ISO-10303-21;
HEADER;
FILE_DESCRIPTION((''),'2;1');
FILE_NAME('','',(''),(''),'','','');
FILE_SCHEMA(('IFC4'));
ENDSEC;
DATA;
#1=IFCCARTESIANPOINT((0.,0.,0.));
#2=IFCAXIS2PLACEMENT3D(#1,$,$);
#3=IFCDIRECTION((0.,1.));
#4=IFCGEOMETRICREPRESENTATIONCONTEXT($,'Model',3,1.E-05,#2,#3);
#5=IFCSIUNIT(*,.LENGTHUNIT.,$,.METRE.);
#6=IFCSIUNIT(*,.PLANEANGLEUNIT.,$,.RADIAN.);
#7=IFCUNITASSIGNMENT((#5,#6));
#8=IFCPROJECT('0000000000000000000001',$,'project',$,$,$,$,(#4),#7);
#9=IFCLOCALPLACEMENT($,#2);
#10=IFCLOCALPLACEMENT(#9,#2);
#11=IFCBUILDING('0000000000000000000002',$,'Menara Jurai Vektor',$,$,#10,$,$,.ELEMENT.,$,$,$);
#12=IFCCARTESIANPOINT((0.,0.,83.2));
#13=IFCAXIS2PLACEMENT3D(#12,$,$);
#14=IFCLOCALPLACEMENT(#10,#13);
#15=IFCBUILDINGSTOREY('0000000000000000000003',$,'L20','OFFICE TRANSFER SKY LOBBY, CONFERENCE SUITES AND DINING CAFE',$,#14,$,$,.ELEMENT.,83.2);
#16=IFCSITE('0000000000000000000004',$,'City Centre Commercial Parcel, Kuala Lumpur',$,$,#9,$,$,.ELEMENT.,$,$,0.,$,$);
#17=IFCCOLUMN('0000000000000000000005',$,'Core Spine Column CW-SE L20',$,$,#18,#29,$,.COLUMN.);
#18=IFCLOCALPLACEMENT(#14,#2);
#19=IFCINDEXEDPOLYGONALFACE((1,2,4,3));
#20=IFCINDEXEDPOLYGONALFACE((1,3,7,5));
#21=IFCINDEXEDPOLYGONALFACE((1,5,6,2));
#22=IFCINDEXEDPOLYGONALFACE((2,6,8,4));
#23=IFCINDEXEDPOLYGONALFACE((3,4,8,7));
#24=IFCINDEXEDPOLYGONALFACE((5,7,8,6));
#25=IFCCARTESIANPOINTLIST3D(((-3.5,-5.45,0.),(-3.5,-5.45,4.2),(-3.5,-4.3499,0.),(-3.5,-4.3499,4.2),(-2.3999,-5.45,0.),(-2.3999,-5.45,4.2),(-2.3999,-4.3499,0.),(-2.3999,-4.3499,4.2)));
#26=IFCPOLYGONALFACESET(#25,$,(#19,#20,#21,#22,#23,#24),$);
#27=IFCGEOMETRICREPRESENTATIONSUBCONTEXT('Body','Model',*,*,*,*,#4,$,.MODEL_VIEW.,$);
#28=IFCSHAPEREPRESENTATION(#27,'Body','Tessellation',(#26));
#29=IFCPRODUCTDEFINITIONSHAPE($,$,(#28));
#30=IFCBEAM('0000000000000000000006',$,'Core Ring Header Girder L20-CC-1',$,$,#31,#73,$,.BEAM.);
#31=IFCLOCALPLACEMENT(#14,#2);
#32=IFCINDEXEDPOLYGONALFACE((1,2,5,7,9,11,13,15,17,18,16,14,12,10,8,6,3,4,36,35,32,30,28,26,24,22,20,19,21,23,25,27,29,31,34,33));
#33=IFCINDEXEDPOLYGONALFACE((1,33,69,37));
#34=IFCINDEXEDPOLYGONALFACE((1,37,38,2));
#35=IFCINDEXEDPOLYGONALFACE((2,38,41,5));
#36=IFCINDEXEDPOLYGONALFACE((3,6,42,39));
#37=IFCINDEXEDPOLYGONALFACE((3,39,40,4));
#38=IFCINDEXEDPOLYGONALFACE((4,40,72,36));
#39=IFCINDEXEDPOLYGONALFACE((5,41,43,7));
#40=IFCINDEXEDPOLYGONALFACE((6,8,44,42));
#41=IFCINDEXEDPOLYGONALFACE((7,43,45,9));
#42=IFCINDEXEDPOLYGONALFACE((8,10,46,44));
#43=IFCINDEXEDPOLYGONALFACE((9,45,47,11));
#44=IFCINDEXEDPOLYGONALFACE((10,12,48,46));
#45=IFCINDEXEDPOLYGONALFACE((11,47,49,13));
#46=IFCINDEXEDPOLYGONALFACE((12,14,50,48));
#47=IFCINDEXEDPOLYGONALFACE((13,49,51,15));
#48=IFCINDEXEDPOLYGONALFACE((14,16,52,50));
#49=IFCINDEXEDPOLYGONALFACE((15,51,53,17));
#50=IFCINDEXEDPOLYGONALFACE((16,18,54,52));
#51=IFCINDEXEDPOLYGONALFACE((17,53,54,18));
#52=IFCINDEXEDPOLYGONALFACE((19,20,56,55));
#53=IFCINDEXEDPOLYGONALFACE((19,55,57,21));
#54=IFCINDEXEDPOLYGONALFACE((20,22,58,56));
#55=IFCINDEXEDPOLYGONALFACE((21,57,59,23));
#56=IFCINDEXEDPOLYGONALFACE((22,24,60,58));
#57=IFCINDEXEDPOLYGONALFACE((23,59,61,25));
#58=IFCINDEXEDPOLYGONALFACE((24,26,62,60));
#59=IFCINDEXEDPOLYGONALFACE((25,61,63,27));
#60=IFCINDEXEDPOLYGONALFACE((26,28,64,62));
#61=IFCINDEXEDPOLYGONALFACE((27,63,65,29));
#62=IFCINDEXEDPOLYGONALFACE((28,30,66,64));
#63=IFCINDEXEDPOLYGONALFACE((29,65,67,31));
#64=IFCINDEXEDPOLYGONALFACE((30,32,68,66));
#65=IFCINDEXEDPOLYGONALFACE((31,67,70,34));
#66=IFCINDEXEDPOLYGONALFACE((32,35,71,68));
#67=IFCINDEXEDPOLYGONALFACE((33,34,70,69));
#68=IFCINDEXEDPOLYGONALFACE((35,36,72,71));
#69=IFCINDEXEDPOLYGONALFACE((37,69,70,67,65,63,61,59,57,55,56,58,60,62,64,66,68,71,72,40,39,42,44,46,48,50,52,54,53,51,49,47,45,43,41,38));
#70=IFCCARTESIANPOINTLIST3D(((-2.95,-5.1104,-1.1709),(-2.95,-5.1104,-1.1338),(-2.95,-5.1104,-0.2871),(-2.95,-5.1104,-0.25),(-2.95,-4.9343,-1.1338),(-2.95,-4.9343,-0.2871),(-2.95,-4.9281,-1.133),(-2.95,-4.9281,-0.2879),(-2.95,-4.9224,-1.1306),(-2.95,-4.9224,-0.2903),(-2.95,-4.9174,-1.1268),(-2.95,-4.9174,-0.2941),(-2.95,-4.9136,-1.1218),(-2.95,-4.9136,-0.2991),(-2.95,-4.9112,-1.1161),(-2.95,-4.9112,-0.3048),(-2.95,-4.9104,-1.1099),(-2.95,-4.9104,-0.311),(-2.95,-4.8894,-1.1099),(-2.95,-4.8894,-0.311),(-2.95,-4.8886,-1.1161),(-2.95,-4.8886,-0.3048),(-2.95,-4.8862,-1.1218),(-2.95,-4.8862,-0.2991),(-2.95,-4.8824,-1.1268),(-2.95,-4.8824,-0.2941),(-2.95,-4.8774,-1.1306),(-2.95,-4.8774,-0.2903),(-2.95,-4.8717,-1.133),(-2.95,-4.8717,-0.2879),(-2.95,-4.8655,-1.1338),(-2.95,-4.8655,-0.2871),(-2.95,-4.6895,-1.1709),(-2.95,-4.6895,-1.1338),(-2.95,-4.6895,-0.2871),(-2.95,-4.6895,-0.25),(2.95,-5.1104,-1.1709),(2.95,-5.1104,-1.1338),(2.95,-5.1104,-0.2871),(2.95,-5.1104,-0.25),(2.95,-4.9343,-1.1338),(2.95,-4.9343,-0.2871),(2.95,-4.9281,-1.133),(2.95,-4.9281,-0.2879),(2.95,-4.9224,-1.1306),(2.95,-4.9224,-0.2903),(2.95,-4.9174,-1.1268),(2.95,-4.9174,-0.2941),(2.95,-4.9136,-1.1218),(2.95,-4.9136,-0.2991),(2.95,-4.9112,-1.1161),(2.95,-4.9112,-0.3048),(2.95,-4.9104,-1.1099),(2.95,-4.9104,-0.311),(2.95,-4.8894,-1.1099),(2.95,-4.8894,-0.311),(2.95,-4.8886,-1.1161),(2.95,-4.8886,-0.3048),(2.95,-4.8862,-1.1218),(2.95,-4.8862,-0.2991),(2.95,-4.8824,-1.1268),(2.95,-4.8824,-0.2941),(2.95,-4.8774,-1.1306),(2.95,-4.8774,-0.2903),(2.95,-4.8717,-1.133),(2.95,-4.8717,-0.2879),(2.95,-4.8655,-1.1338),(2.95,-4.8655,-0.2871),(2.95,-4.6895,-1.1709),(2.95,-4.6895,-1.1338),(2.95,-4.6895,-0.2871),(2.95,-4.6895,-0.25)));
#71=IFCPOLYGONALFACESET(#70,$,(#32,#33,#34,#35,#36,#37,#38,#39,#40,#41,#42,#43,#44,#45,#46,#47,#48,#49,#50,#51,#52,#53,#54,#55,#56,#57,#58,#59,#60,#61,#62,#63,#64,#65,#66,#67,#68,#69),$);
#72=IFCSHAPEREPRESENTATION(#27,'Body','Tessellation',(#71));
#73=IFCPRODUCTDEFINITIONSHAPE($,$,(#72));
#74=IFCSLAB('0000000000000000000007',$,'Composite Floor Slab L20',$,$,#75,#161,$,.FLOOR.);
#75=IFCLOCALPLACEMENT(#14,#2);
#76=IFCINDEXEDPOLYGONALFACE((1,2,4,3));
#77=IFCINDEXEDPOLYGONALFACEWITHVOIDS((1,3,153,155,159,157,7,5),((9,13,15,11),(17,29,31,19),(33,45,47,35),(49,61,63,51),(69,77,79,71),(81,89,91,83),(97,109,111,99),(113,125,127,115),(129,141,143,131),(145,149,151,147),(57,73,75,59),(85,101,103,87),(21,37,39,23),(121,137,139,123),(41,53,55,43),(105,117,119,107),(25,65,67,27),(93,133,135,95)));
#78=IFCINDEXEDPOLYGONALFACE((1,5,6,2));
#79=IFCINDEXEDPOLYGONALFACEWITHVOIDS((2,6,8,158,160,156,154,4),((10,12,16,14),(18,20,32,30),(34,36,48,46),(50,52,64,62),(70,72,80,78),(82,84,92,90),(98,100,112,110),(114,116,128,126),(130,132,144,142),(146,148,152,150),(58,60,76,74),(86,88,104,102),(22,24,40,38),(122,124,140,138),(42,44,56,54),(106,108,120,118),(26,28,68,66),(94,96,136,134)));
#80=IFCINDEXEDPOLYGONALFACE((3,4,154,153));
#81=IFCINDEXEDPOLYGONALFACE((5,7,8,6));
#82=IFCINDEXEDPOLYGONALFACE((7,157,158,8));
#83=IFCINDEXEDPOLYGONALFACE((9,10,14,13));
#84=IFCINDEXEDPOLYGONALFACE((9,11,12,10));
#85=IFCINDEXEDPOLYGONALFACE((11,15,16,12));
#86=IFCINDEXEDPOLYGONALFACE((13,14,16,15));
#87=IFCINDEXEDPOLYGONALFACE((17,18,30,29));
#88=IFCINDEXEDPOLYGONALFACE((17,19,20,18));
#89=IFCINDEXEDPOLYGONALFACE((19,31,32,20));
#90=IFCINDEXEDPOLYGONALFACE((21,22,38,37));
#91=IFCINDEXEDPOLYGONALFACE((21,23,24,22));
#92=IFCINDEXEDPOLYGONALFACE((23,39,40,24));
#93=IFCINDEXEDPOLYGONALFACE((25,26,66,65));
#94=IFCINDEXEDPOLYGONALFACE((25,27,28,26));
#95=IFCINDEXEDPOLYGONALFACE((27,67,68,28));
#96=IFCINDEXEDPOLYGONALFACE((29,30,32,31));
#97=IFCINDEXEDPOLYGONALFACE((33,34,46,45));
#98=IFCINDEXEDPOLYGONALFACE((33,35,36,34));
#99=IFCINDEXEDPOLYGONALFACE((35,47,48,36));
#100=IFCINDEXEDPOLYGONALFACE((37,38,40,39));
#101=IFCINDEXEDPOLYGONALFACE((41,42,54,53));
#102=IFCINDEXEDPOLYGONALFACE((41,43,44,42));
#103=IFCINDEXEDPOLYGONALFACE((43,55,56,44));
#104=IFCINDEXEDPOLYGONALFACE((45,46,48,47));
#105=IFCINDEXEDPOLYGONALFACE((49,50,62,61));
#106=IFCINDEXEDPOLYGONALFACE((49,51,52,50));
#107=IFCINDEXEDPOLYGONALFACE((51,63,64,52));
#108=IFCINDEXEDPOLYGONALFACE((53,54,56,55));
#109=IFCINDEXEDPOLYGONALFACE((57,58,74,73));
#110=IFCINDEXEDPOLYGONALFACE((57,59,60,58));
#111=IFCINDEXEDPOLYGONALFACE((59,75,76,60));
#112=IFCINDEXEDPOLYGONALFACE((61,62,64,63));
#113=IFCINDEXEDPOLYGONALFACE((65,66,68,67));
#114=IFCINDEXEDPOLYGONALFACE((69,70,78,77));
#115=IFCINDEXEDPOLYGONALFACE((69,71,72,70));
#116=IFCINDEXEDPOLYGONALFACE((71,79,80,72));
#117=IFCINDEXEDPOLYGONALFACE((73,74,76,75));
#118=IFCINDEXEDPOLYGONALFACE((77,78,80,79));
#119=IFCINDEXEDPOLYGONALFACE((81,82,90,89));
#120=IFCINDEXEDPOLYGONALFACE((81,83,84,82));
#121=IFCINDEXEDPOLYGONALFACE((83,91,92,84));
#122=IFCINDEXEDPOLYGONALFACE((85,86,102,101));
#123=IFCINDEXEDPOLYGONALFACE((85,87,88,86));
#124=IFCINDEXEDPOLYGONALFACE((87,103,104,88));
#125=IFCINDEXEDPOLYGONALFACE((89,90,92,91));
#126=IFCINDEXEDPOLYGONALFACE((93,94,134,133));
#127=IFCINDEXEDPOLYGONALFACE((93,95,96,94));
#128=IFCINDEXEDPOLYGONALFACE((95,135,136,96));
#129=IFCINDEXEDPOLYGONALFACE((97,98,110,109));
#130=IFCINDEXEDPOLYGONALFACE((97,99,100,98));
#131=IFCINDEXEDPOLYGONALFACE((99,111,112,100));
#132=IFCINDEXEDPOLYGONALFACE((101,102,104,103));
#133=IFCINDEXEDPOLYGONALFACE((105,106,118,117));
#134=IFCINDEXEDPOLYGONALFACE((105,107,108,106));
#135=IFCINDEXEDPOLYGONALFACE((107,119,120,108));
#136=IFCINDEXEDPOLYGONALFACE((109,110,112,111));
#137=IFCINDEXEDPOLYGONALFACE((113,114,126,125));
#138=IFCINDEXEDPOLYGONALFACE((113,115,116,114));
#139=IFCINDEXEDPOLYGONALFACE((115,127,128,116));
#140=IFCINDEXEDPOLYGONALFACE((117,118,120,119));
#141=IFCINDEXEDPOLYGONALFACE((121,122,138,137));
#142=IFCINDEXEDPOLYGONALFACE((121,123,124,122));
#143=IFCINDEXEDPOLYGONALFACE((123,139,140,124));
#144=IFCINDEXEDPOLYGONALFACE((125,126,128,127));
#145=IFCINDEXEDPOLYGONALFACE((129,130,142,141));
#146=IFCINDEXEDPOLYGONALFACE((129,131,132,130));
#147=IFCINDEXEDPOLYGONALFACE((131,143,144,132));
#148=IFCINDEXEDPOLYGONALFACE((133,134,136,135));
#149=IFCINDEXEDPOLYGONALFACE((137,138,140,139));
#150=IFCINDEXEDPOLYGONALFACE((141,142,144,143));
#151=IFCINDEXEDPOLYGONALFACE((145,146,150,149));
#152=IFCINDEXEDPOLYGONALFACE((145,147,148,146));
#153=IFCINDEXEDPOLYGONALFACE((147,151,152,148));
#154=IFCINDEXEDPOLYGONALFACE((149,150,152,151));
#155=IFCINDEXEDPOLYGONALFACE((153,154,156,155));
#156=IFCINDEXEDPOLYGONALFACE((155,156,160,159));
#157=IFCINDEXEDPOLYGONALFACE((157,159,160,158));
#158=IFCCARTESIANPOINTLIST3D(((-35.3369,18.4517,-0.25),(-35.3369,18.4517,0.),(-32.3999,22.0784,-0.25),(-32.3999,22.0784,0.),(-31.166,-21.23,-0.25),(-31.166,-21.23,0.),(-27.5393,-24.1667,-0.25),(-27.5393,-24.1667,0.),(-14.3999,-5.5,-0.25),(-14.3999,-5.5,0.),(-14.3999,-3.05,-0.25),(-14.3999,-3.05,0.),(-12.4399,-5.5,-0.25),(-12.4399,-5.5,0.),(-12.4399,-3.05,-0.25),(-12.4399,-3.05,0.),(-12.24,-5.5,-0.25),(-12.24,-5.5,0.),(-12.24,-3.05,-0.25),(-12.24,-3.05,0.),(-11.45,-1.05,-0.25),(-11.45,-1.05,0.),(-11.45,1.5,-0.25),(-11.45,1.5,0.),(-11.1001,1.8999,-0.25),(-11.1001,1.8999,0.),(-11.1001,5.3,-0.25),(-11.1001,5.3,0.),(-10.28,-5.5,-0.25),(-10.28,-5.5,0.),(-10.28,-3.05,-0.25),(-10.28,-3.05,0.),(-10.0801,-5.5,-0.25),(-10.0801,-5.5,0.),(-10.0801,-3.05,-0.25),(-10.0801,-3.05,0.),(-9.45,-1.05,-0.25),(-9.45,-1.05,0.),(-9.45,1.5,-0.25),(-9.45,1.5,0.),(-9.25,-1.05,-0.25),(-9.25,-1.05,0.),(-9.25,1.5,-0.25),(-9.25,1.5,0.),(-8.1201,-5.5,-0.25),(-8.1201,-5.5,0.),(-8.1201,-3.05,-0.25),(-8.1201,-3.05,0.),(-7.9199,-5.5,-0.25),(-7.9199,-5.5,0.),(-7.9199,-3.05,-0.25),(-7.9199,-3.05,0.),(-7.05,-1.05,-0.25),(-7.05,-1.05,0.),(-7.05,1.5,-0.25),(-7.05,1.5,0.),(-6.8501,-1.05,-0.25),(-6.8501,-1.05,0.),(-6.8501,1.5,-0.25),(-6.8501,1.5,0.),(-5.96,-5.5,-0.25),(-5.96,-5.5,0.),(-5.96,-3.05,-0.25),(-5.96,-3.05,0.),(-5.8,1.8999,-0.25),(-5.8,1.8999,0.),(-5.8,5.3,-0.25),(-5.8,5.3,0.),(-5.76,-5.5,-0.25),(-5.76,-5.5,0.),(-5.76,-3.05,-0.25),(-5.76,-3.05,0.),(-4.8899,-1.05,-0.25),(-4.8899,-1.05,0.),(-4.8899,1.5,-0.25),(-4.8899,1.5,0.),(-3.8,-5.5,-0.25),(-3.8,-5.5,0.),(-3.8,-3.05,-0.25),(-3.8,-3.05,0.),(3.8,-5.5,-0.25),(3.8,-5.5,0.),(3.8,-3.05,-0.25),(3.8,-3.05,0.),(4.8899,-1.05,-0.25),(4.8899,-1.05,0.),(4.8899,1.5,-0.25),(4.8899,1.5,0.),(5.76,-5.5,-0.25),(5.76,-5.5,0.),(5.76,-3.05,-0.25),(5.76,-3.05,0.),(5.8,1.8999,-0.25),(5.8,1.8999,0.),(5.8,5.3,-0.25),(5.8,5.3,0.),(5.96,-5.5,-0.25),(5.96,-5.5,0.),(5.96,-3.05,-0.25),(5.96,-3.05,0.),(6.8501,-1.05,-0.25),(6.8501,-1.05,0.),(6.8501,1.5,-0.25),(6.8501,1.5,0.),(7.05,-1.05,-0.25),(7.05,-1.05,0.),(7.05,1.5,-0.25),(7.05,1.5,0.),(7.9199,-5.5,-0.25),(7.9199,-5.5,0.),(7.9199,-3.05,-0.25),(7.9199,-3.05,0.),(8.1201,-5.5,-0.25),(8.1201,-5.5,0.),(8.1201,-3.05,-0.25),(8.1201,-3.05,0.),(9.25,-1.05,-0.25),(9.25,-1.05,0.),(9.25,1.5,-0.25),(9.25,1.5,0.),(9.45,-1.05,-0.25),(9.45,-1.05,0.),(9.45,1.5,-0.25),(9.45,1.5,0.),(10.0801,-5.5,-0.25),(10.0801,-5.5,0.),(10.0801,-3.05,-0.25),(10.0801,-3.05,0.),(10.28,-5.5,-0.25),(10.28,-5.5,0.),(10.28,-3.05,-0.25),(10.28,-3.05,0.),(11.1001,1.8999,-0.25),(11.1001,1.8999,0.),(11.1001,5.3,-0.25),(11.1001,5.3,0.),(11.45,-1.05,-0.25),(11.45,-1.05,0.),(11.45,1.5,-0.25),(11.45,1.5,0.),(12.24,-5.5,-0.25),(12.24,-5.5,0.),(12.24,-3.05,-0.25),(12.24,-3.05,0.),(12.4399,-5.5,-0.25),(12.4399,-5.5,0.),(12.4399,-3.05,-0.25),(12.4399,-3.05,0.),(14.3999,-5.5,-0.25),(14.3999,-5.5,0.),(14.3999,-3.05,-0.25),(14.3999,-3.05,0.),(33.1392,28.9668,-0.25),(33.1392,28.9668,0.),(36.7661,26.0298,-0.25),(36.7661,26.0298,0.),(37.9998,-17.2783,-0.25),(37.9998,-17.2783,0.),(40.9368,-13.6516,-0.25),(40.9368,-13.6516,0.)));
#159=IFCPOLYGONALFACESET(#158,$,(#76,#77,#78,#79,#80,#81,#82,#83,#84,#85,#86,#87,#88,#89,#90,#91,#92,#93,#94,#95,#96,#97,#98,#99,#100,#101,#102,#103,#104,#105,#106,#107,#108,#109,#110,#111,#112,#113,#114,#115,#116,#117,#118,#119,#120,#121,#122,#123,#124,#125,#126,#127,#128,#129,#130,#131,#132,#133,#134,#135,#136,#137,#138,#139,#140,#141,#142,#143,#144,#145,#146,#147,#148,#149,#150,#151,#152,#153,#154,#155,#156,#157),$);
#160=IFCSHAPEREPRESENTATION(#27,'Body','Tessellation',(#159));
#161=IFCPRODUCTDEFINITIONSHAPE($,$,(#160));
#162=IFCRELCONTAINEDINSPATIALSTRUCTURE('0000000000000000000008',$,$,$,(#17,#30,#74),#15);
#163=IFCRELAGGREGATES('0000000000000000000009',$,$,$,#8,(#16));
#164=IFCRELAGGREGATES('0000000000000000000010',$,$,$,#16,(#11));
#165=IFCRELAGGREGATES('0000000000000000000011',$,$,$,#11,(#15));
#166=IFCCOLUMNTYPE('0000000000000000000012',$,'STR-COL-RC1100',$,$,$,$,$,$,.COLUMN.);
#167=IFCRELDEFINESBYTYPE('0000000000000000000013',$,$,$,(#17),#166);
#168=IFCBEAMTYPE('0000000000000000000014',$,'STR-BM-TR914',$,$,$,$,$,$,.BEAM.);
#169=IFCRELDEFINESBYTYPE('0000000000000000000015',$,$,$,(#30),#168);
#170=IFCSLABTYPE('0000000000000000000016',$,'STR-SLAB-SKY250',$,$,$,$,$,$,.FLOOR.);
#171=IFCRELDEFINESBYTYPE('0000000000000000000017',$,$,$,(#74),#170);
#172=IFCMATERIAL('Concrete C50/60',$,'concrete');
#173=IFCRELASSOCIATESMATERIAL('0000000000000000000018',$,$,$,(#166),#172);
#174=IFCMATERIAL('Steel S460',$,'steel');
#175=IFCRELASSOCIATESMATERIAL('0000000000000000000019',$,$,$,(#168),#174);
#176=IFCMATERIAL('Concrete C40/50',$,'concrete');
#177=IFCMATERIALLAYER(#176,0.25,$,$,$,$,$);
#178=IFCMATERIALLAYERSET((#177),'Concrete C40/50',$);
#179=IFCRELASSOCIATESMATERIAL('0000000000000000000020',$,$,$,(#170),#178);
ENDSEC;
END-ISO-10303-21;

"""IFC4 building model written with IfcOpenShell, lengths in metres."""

from ifc_helpers import new_model, si_unit, direction, frame, origin, origin_2d, place, context, subcontext, project, spatial, polyline, rectangle, i_section, outline, extrude, material, layer, layer_set, material_profile, profile_set, type_object, element, save


model = new_model("IFC4")

# Units and contexts
model_context = context("Model", 3, precision=1e-05, world=origin(), true_north=direction((0.0, 1.0)))
body_context = subcontext(model_context, "Body", "Model", "MODEL_VIEW")
ifc_project = project(units=[si_unit("LENGTHUNIT", "METRE"), si_unit("PLANEANGLEUNIT", "RADIAN")], contexts=[model_context])

# Site, building, storey
site_placement = place(None, origin())
site = spatial("IfcSite", under=ifc_project, at=site_placement, Name="City Centre Commercial Parcel, Kuala Lumpur", CompositionType="ELEMENT", RefElevation=0.0)
building_placement = place(site_placement, origin())
building = spatial("IfcBuilding", under=site, at=building_placement, Name="Menara Jurai Vektor", CompositionType="ELEMENT")
storey_placement = place(building_placement, frame((0.0, 0.0, 83.2)))
storey = spatial("IfcBuildingStorey", under=building, at=storey_placement, Name="L20", Description="OFFICE TRANSFER SKY LOBBY, CONFERENCE SUITES AND DINING CAFE", CompositionType="ELEMENT", Elevation=83.2)

# Column
ifc_material_1 = material(Name="Concrete C50/60", Category="concrete")
ifc_material_profile_1 = material_profile(ifc_material_1, rectangle(XDim=1.1001, YDim=1.1001, at=origin_2d()), Name="RC 1100x1100")
ifc_profile_set_1 = profile_set([ifc_material_profile_1], Name="Concrete C50/60")
column_type = type_object("IfcColumnType", Name="STR-COL-RC1100", PredefinedType="COLUMN", material=ifc_profile_set_1)
column_placement = place(storey_placement, frame((-2.95, -4.8999, 0.0), z_axis=(0.0, 0.0, 1.0), x_axis=(1.0, 0.0, 0.0)))
element("IfcColumn", 1, at=column_placement, inside=storey, type_object=column_type, Name="Core Spine Column CW-SE L20", PredefinedType="COLUMN", context=body_context, shape_type="SweptSolid", body=[
    extrude(rectangle(XDim=1.1001, YDim=1.1001, at=origin_2d()), origin(), (0.0, 0.0, 1.0), 4.2),
])

# Beam
ifc_material_2 = material(Name="Steel S460", Category="steel")
ifc_material_profile_2 = material_profile(ifc_material_2, i_section(OverallWidth=0.4209, OverallDepth=0.9209, WebThickness=0.021, FlangeThickness=0.0371, FilletRadius=0.0239, at=origin_2d()), Name="UKB 914x419x388")
ifc_profile_set_2 = profile_set([ifc_material_profile_2], Name="Steel S460")
beam_type = type_object("IfcBeamType", Name="STR-BM-TR914", PredefinedType="BEAM", material=ifc_profile_set_2)
beam_placement = place(storey_placement, frame((-2.95, -4.8999, -0.7104), z_axis=(1.0, 0.0, 0.0), x_axis=(0.0, 1.0, 0.0)))
element("IfcBeam", 2, at=beam_placement, inside=storey, type_object=beam_type, Name="Core Ring Header Girder L20-CC-1", PredefinedType="BEAM", context=body_context, shape_type="SweptSolid", body=[
    extrude(i_section(OverallWidth=0.4209, OverallDepth=0.9209, WebThickness=0.021, FlangeThickness=0.0371, FilletRadius=0.0239, at=origin_2d()), origin(), (0.0, 0.0, 1.0), 5.8999),
])

# Slab
ifc_material_3 = material(Name="Concrete C40/50", Category="concrete")
ifc_layer_1 = layer(ifc_material_3, 0.25)
ifc_layer_set_1 = layer_set([ifc_layer_1], Name="Concrete C40/50")
slab_type = type_object("IfcSlabType", Name="STR-SLAB-SKY250", PredefinedType="FLOOR", material=ifc_layer_set_1)
slab_placement = place(storey_placement, frame((0.0, 0.0, -0.25)))
element("IfcSlab", 3, at=slab_placement, inside=storey, type_object=slab_type, Name="Composite Floor Slab L20", PredefinedType="FLOOR", context=body_context, shape_type="SweptSolid", body=[
    extrude(outline(polyline([(-27.5393, -24.1667), (37.9998, -17.2783), (40.9368, -13.6516), (36.7661, 26.0298), (33.1392, 28.9668), (-32.3999, 22.0784), (-35.3369, 18.4517), (-31.166, -21.23), (-27.5393, -24.1667)]), holes=[polyline([(-11.1001, 1.8999), (-11.1001, 5.3), (-5.8, 5.3), (-5.8, 1.8999), (-11.1001, 1.8999)]), polyline([(5.8, 1.8999), (5.8, 5.3), (11.1001, 5.3), (11.1001, 1.8999), (5.8, 1.8999)]), polyline([(-11.45, -1.05), (-11.45, 1.5), (-9.45, 1.5), (-9.45, -1.05), (-11.45, -1.05)]), polyline([(9.45, -1.05), (9.45, 1.5), (11.45, 1.5), (11.45, -1.05), (9.45, -1.05)]), polyline([(-5.76, -5.5), (-5.76, -3.05), (-3.8, -3.05), (-3.8, -5.5), (-5.76, -5.5)]), polyline([(-6.8501, -1.05), (-6.8501, 1.5), (-4.8899, 1.5), (-4.8899, -1.05), (-6.8501, -1.05)]), polyline([(3.8, -5.5), (3.8, -3.05), (5.76, -3.05), (5.76, -5.5), (3.8, -5.5)]), polyline([(4.8899, -1.05), (4.8899, 1.5), (6.8501, 1.5), (6.8501, -1.05), (4.8899, -1.05)]), polyline([(-14.3999, -5.5), (-14.3999, -3.05), (-12.4399, -3.05), (-12.4399, -5.5), (-14.3999, -5.5)]), polyline([(-12.24, -5.5), (-12.24, -3.05), (-10.28, -3.05), (-10.28, -5.5), (-12.24, -5.5)]), polyline([(10.28, -5.5), (10.28, -3.05), (12.24, -3.05), (12.24, -5.5), (10.28, -5.5)]), polyline([(12.4399, -5.5), (12.4399, -3.05), (14.3999, -3.05), (14.3999, -5.5), (12.4399, -5.5)]), polyline([(-10.0801, -5.5), (-10.0801, -3.05), (-8.1201, -3.05), (-8.1201, -5.5), (-10.0801, -5.5)]), polyline([(-7.9199, -5.5), (-7.9199, -3.05), (-5.96, -3.05), (-5.96, -5.5), (-7.9199, -5.5)]), polyline([(5.96, -5.5), (5.96, -3.05), (7.9199, -3.05), (7.9199, -5.5), (5.96, -5.5)]), polyline([(8.1201, -5.5), (8.1201, -3.05), (10.0801, -3.05), (10.0801, -5.5), (8.1201, -5.5)]), polyline([(-9.25, -1.05), (-9.25, 1.5), (-7.05, 1.5), (-7.05, -1.05), (-9.25, -1.05)]), polyline([(7.05, -1.05), (7.05, 1.5), (9.25, 1.5), (9.25, -1.05), (7.05, -1.05)])]), origin(), (0.0, 0.0, 1.0), 0.25),
])

save(model, "model.ifc")
